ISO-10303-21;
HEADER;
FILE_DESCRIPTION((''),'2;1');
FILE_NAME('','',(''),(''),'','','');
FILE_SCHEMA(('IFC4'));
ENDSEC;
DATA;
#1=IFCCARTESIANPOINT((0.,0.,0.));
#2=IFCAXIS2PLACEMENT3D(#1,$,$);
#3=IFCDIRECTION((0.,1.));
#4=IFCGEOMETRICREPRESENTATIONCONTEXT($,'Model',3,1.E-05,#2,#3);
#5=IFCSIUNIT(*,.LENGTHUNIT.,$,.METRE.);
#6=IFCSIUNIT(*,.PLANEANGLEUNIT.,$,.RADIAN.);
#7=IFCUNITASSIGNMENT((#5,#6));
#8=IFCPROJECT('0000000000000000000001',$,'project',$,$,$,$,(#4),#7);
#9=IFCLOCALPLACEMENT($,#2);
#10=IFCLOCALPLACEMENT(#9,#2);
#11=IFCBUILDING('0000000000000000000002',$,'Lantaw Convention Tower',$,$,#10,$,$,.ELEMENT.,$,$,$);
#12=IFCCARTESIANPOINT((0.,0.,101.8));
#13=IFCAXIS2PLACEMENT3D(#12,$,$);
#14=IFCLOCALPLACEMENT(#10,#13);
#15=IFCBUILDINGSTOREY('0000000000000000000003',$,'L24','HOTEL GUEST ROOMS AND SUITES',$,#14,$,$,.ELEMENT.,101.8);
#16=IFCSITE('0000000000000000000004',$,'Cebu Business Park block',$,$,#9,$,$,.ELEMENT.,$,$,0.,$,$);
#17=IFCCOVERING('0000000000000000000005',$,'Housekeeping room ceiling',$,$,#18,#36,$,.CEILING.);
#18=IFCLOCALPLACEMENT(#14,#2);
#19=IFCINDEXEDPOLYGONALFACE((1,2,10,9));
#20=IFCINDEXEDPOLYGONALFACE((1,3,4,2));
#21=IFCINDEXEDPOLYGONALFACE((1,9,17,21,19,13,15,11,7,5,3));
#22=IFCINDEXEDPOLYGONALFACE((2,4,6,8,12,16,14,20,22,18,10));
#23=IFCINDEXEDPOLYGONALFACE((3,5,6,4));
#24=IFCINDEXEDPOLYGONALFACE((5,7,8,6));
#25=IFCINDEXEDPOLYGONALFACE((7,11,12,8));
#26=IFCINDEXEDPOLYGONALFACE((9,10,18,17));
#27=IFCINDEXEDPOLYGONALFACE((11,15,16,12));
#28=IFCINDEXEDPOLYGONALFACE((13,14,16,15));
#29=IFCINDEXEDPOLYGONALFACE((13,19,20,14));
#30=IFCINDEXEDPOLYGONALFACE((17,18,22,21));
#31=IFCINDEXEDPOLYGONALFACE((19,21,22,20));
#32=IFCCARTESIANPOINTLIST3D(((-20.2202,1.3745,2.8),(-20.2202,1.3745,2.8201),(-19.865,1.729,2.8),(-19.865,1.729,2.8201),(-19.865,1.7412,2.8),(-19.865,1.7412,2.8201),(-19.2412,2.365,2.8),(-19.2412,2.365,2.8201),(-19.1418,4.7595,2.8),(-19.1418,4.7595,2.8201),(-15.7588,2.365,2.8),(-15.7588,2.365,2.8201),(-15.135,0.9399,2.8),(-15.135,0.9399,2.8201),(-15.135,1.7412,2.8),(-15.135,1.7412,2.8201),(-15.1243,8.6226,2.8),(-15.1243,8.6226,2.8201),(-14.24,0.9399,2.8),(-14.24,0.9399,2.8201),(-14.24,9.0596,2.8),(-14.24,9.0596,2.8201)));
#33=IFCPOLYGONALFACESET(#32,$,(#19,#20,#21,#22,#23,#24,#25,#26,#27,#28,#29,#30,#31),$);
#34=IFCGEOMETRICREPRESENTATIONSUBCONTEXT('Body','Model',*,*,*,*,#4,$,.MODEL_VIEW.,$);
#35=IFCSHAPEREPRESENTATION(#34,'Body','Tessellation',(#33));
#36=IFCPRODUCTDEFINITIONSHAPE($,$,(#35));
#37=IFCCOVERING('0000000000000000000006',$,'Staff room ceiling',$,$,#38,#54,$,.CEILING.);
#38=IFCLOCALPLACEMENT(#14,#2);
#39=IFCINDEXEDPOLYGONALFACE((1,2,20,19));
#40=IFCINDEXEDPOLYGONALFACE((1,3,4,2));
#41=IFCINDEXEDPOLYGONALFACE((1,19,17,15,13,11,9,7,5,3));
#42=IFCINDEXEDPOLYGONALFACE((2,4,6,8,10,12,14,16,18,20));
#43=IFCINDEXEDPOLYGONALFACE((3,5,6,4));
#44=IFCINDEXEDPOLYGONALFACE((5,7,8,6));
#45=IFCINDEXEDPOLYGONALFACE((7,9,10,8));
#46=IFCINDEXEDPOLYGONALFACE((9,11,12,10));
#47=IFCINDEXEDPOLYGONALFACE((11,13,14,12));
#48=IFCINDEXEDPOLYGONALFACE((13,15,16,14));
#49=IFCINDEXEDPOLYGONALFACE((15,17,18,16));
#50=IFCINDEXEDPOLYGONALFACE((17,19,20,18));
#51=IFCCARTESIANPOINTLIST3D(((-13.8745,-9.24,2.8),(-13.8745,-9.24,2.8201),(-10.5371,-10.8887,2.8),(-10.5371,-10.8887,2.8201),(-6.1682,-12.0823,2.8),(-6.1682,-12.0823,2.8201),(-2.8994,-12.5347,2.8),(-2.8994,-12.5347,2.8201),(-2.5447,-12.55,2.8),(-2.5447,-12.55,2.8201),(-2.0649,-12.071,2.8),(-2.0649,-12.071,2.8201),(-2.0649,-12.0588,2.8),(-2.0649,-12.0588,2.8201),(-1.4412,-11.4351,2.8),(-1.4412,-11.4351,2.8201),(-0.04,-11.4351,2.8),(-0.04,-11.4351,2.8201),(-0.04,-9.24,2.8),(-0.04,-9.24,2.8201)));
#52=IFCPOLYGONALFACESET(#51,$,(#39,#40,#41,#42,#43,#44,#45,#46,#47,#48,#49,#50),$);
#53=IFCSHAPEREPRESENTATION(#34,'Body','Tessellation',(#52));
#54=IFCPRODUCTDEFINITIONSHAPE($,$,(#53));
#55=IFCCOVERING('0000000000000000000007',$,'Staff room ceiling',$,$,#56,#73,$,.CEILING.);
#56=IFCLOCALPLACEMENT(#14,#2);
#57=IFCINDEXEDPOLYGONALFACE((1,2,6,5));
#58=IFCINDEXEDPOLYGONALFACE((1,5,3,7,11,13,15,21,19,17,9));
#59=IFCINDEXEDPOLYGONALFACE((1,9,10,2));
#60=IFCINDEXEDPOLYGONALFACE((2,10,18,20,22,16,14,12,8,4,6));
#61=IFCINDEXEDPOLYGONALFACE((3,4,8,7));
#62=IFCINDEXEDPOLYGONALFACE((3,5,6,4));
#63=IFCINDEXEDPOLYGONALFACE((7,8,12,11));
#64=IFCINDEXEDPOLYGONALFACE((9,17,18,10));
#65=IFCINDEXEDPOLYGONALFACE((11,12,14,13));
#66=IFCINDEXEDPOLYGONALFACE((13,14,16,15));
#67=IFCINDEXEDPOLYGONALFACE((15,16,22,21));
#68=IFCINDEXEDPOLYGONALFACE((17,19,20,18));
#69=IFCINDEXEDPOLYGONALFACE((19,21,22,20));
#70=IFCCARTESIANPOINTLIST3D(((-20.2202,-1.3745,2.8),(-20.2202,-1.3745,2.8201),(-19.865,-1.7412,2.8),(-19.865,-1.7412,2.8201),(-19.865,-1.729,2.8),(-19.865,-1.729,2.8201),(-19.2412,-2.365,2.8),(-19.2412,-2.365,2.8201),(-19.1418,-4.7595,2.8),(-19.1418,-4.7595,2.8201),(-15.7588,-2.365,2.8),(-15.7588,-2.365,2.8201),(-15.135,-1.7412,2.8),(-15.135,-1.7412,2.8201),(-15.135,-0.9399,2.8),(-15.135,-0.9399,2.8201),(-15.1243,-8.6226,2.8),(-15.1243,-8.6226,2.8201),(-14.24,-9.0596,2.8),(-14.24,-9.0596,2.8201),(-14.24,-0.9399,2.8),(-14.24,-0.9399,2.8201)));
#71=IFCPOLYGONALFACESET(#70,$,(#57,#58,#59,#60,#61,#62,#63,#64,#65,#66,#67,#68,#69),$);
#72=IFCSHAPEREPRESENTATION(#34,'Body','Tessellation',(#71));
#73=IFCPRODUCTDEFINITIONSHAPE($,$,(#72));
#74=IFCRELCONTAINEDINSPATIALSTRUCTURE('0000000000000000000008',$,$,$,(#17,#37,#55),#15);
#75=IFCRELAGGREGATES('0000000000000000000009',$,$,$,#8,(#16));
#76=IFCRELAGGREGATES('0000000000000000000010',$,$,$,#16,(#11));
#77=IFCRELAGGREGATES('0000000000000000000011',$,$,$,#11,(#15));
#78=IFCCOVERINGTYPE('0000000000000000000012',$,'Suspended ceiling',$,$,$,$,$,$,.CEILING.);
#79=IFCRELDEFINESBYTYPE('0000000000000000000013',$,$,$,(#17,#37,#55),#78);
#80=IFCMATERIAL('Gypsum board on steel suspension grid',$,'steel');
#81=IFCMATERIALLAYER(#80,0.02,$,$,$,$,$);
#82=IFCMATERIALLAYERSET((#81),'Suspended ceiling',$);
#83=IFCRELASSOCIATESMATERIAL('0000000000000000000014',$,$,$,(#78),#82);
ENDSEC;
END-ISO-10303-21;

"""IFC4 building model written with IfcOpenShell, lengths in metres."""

from ifc_helpers import new_model, si_unit, direction, frame, origin, place, context, subcontext, project, spatial, polyline, outline, extrude, material, layer, layer_set, type_object, element, save


model = new_model("IFC4")

# Units and contexts
model_context = context("Model", 3, precision=1e-05, world=origin(), true_north=direction((0.0, 1.0)))
body_context = subcontext(model_context, "Body", "Model", "MODEL_VIEW")
ifc_project = project(units=[si_unit("LENGTHUNIT", "METRE"), si_unit("PLANEANGLEUNIT", "RADIAN")], contexts=[model_context])

# Site, building, storey
site_placement = place(None, origin())
site = spatial("IfcSite", under=ifc_project, at=site_placement, Name="Cebu Business Park block", CompositionType="ELEMENT", RefElevation=0.0)
building_placement = place(site_placement, origin())
building = spatial("IfcBuilding", under=site, at=building_placement, Name="Lantaw Convention Tower", CompositionType="ELEMENT")
storey_placement = place(building_placement, frame((0.0, 0.0, 101.8)))
storey = spatial("IfcBuildingStorey", under=building, at=storey_placement, Name="L24", Description="HOTEL GUEST ROOMS AND SUITES", CompositionType="ELEMENT", Elevation=101.8)

# Coverings
ifc_material_1 = material(Name="Gypsum board on steel suspension grid", Category="steel")
ifc_layer_1 = layer(ifc_material_1, 0.02)
ifc_layer_set_1 = layer_set([ifc_layer_1], Name="Suspended ceiling")
covering_type = type_object("IfcCoveringType", Name="Suspended ceiling", PredefinedType="CEILING", material=ifc_layer_set_1)
covering_1_placement = place(storey_placement, frame((0.0, 0.0, 2.8)))
element("IfcCovering", 1, at=covering_1_placement, inside=storey, type_object=covering_type, Name="Housekeeping room ceiling", PredefinedType="CEILING", context=body_context, shape_type="SweptSolid", body=[
    extrude(outline(polyline([(-19.865, 1.729), (-19.865, 1.7412), (-19.2412, 2.365), (-15.7588, 2.365), (-15.135, 1.7412), (-15.135, 0.9399), (-14.24, 0.9399), (-14.24, 9.0596), (-15.1243, 8.6226), (-19.1418, 4.7595), (-20.2202, 1.3745), (-19.865, 1.729)])), origin(), (0.0, 0.0, 1.0), 0.02),
])
covering_2_placement = place(storey_placement, frame((0.0, 0.0, 2.8)))
element("IfcCovering", 2, at=covering_2_placement, inside=storey, type_object=covering_type, Name="Staff room ceiling", PredefinedType="CEILING", context=body_context, shape_type="SweptSolid", body=[
    extrude(outline(polyline([(-10.5371, -10.8887), (-6.1682, -12.0823), (-2.8994, -12.5347), (-2.5447, -12.55), (-2.0649, -12.071), (-2.0649, -12.0588), (-1.4412, -11.4351), (-0.04, -11.4351), (-0.04, -9.24), (-13.8745, -9.24), (-10.5371, -10.8887)])), origin(), (0.0, 0.0, 1.0), 0.02),
])
covering_3_placement = place(storey_placement, frame((0.0, 0.0, 2.8)))
element("IfcCovering", 3, at=covering_3_placement, inside=storey, type_object=covering_type, Name="Staff room ceiling", PredefinedType="CEILING", context=body_context, shape_type="SweptSolid", body=[
    extrude(outline(polyline([(-19.865, -1.7412), (-19.865, -1.729), (-20.2202, -1.3745), (-19.1418, -4.7595), (-15.1243, -8.6226), (-14.24, -9.0596), (-14.24, -0.9399), (-15.135, -0.9399), (-15.135, -1.7412), (-15.7588, -2.365), (-19.2412, -2.365), (-19.865, -1.7412)])), origin(), (0.0, 0.0, 1.0), 0.02),
])

save(model, "model.ifc")
